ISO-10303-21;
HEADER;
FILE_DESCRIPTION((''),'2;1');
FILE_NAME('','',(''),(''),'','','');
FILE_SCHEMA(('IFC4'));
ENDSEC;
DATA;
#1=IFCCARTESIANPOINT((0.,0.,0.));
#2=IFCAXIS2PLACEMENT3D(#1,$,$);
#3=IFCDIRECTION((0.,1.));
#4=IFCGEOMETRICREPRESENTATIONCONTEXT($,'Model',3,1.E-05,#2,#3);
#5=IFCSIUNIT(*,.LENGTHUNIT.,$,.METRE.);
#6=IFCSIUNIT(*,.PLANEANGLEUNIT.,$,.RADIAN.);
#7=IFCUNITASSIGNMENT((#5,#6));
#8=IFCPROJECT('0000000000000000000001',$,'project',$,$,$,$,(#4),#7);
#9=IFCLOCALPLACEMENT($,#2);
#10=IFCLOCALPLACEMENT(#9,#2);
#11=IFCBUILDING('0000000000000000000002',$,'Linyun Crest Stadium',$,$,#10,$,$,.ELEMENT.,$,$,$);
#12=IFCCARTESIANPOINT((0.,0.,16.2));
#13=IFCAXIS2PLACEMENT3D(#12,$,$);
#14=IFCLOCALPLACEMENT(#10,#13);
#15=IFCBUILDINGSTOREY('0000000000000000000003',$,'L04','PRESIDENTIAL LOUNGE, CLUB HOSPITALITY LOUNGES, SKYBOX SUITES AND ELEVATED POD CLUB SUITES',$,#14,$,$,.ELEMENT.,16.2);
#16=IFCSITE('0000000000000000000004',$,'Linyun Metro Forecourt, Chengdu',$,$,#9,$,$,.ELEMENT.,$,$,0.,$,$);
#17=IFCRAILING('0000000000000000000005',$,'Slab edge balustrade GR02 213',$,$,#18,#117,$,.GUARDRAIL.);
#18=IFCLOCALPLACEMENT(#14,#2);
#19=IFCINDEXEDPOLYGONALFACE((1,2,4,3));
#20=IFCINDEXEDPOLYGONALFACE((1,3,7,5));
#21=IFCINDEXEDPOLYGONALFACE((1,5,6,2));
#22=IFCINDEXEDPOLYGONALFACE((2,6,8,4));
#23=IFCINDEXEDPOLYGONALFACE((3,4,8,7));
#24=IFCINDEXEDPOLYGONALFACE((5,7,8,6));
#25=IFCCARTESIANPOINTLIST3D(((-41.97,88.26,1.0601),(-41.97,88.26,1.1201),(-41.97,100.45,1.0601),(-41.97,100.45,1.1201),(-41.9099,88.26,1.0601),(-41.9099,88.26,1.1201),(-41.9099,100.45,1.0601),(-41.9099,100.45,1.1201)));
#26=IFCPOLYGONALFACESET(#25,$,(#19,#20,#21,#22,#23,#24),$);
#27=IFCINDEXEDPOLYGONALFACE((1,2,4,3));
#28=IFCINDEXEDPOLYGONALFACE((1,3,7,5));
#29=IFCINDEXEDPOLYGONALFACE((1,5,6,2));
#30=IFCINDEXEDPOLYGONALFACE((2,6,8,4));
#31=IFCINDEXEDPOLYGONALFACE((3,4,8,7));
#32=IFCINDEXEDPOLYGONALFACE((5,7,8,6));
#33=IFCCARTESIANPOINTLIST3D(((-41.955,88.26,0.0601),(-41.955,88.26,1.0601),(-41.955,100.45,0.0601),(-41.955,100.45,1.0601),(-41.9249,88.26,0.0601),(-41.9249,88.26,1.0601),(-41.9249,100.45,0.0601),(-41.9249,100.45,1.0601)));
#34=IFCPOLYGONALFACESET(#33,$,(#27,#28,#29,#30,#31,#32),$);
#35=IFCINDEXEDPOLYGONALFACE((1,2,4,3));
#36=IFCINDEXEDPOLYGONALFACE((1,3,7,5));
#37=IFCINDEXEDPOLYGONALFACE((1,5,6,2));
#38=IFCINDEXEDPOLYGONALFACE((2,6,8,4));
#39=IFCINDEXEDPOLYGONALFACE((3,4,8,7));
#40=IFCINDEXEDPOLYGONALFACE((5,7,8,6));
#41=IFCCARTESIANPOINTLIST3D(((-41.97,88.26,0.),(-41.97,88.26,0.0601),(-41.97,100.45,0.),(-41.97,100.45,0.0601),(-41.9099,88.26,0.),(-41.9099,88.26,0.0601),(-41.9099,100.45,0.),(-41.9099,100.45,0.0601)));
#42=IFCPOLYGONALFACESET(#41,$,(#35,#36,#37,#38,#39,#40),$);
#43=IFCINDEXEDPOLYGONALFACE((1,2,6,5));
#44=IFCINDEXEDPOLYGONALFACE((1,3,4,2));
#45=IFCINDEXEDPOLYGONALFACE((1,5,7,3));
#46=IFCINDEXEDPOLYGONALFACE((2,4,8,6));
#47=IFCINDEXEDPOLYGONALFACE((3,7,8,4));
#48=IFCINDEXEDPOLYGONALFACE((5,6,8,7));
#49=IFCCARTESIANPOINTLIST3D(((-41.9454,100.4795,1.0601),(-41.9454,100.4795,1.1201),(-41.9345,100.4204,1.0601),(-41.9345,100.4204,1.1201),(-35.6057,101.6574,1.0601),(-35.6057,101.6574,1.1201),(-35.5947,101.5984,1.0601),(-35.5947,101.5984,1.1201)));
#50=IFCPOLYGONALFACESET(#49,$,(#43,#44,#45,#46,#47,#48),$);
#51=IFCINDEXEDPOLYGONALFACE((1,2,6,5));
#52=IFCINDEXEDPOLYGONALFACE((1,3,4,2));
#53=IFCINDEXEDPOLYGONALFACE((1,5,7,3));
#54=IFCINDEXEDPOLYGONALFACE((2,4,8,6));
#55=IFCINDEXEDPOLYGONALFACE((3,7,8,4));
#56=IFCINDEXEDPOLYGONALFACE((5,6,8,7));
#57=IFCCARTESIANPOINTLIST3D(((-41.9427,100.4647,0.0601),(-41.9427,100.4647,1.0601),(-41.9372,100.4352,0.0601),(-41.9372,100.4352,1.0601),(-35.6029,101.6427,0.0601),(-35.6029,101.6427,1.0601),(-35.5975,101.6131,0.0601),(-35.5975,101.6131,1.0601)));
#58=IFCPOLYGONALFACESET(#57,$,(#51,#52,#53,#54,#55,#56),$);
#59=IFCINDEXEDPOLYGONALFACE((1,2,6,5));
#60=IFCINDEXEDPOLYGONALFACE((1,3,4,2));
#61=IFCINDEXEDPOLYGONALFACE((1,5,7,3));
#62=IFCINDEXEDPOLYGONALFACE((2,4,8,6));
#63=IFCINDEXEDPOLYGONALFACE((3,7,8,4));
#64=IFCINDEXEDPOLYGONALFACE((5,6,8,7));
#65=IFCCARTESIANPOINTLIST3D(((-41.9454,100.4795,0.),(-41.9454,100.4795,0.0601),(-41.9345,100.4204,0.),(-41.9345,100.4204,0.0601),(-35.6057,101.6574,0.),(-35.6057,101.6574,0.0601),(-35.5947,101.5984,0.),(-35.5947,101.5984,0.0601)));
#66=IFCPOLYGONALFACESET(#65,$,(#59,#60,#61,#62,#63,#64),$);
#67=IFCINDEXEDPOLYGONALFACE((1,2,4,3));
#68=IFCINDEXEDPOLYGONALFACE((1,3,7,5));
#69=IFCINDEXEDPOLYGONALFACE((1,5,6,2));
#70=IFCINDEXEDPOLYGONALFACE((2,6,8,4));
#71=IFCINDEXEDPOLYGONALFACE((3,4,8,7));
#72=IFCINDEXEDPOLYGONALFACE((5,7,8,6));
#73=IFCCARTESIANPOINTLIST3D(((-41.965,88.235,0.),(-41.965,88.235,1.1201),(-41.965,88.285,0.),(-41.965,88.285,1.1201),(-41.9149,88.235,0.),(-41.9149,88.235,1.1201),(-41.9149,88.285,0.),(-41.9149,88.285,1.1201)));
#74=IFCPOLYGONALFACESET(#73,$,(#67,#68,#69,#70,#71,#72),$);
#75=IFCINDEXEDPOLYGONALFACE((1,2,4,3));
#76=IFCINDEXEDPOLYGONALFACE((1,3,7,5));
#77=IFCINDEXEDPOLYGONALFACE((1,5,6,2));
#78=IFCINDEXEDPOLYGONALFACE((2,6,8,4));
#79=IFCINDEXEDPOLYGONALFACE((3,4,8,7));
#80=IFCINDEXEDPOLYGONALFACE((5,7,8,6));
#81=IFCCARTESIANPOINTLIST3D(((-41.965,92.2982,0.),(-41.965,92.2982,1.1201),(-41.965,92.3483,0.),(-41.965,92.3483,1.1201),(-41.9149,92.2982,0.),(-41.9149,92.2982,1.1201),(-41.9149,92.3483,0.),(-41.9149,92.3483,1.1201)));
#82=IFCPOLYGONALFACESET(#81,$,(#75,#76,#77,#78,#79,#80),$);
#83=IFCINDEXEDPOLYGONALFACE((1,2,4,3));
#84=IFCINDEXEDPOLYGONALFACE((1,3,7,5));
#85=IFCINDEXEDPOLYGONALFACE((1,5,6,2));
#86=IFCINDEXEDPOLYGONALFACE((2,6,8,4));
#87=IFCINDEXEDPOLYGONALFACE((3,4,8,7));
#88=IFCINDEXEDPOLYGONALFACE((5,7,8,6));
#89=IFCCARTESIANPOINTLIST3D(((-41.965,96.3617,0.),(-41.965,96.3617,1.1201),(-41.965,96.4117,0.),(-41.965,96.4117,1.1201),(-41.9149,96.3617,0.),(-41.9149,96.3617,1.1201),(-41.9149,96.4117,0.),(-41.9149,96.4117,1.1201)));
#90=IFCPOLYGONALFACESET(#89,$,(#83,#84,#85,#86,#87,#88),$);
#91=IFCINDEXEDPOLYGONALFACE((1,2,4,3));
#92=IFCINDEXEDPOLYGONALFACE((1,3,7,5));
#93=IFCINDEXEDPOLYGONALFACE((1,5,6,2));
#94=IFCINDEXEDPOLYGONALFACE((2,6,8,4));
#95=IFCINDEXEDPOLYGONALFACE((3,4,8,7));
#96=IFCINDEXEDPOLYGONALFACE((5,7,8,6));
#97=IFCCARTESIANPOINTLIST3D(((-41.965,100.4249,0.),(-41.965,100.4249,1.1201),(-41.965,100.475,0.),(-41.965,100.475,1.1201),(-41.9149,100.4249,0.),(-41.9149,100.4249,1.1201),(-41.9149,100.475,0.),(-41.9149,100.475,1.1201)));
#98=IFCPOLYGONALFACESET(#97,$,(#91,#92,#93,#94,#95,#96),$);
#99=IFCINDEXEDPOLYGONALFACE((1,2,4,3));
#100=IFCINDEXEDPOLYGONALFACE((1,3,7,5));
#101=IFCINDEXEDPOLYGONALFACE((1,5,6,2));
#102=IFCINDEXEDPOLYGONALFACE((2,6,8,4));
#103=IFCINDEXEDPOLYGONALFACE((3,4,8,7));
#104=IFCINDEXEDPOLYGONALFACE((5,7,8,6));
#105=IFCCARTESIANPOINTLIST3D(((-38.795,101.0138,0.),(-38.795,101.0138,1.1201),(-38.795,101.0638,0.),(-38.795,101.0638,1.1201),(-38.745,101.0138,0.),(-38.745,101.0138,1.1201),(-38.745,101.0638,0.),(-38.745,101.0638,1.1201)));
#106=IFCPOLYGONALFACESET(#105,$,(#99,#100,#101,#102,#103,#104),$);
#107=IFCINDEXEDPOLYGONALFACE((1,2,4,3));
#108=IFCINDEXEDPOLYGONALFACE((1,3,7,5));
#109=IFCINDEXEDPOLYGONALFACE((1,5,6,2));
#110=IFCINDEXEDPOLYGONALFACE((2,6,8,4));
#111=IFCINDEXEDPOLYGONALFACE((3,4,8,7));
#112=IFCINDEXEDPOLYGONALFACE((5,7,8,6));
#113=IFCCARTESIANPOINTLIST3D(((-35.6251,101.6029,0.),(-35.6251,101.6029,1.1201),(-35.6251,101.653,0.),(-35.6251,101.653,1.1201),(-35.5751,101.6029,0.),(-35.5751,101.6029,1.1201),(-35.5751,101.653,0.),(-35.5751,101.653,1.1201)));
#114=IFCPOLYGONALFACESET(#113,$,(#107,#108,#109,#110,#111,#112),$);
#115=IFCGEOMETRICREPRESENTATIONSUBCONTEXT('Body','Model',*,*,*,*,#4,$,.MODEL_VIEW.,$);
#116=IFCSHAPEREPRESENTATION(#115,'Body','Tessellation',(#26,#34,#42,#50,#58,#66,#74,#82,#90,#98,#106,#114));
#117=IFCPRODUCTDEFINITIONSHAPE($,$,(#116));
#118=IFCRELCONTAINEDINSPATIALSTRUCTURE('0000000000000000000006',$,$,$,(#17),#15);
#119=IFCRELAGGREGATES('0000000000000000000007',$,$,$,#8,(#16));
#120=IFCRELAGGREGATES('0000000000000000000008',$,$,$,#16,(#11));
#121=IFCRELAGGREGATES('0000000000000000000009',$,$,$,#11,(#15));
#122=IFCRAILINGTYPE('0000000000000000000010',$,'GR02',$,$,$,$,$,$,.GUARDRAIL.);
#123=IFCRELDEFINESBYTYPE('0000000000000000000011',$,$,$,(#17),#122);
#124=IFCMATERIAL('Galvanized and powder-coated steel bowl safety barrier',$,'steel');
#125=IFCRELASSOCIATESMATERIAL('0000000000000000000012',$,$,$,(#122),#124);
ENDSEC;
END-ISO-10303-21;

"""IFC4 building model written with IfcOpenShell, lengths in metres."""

from ifc_helpers import new_model, si_unit, direction, frame, origin, origin_2d, place, context, subcontext, project, spatial, rectangle, extrude, material, type_object, element, save


model = new_model("IFC4")

# Units and contexts
model_context = context("Model", 3, precision=1e-05, world=origin(), true_north=direction((0.0, 1.0)))
body_context = subcontext(model_context, "Body", "Model", "MODEL_VIEW")
ifc_project = project(units=[si_unit("LENGTHUNIT", "METRE"), si_unit("PLANEANGLEUNIT", "RADIAN")], contexts=[model_context])

# Site, building, storey
site_placement = place(None, origin())
site = spatial("IfcSite", under=ifc_project, at=site_placement, Name="Linyun Metro Forecourt, Chengdu", CompositionType="ELEMENT", RefElevation=0.0)
building_placement = place(site_placement, origin())
building = spatial("IfcBuilding", under=site, at=building_placement, Name="Linyun Crest Stadium", CompositionType="ELEMENT")
storey_placement = place(building_placement, frame((0.0, 0.0, 16.2)))
storey = spatial("IfcBuildingStorey", under=building, at=storey_placement, Name="L04", Description="PRESIDENTIAL LOUNGE, CLUB HOSPITALITY LOUNGES, SKYBOX SUITES AND ELEVATED POD CLUB SUITES", CompositionType="ELEMENT", Elevation=16.2)

# Railing
ifc_material_1 = material(Name="Galvanized and powder-coated steel bowl safety barrier", Category="steel")
railing_type = type_object("IfcRailingType", Name="GR02", PredefinedType="GUARDRAIL", material=ifc_material_1)
railing_1_placement = place(storey_placement, frame((-41.9399, 88.26, 0.0)))
element("IfcRailing", 1, at=railing_1_placement, inside=storey, type_object=railing_type, Name="Slab edge balustrade GR02 213", PredefinedType="GUARDRAIL", context=body_context, shape_type="SweptSolid", body=[
    extrude(rectangle(XDim=0.0601, YDim=0.0601, at=origin_2d()), frame((0.0, 0.0, 1.0901), z_axis=(0.0, 1.0, 0.0), x_axis=(-1.0, 0.0, 0.0)), (0.0, 0.0, 1.0), 12.1899),
    extrude(rectangle(XDim=0.03, YDim=1.0, at=origin_2d()), frame((0.0, 0.0, 0.5601), z_axis=(0.0, 1.0, 0.0), x_axis=(-1.0, 0.0, 0.0)), (0.0, 0.0, 1.0), 12.1899),
    extrude(rectangle(XDim=0.0601, YDim=0.0601, at=origin_2d()), frame((0.0, 0.0, 0.03), z_axis=(0.0, 1.0, 0.0), x_axis=(-1.0, 0.0, 0.0)), (0.0, 0.0, 1.0), 12.1899),
    extrude(rectangle(XDim=0.0601, YDim=0.0601, at=origin_2d()), frame((0.0, 12.1899, 1.0901), z_axis=(0.983173, 0.182679, 0.0), x_axis=(-0.182679, 0.983173, 0.0)), (0.0, 0.0, 1.0), 6.4482),
    extrude(rectangle(XDim=0.03, YDim=1.0, at=origin_2d()), frame((0.0, 12.1899, 0.5601), z_axis=(0.983173, 0.182679, 0.0), x_axis=(-0.182679, 0.983173, 0.0)), (0.0, 0.0, 1.0), 6.4482),
    extrude(rectangle(XDim=0.0601, YDim=0.0601, at=origin_2d()), frame((0.0, 12.1899, 0.03), z_axis=(0.983173, 0.182679, 0.0), x_axis=(-0.182679, 0.983173, 0.0)), (0.0, 0.0, 1.0), 6.4482),
    extrude(rectangle(XDim=0.05, YDim=0.05, at=origin_2d()), origin(), (0.0, 0.0, 1.0), 1.1201),
    extrude(rectangle(XDim=0.05, YDim=0.05, at=origin_2d()), frame((0.0, 4.0632, 0.0)), (0.0, 0.0, 1.0), 1.1201),
    extrude(rectangle(XDim=0.05, YDim=0.05, at=origin_2d()), frame((0.0, 8.1267, 0.0)), (0.0, 0.0, 1.0), 1.1201),
    extrude(rectangle(XDim=0.05, YDim=0.05, at=origin_2d()), frame((0.0, 12.1899, 0.0)), (0.0, 0.0, 1.0), 1.1201),
    extrude(rectangle(XDim=0.05, YDim=0.05, at=origin_2d()), frame((3.1699, 12.7788, 0.0)), (0.0, 0.0, 1.0), 1.1201),
    extrude(rectangle(XDim=0.05, YDim=0.05, at=origin_2d()), frame((6.3398, 13.3679, 0.0)), (0.0, 0.0, 1.0), 1.1201),
])

save(model, "model.ifc")
